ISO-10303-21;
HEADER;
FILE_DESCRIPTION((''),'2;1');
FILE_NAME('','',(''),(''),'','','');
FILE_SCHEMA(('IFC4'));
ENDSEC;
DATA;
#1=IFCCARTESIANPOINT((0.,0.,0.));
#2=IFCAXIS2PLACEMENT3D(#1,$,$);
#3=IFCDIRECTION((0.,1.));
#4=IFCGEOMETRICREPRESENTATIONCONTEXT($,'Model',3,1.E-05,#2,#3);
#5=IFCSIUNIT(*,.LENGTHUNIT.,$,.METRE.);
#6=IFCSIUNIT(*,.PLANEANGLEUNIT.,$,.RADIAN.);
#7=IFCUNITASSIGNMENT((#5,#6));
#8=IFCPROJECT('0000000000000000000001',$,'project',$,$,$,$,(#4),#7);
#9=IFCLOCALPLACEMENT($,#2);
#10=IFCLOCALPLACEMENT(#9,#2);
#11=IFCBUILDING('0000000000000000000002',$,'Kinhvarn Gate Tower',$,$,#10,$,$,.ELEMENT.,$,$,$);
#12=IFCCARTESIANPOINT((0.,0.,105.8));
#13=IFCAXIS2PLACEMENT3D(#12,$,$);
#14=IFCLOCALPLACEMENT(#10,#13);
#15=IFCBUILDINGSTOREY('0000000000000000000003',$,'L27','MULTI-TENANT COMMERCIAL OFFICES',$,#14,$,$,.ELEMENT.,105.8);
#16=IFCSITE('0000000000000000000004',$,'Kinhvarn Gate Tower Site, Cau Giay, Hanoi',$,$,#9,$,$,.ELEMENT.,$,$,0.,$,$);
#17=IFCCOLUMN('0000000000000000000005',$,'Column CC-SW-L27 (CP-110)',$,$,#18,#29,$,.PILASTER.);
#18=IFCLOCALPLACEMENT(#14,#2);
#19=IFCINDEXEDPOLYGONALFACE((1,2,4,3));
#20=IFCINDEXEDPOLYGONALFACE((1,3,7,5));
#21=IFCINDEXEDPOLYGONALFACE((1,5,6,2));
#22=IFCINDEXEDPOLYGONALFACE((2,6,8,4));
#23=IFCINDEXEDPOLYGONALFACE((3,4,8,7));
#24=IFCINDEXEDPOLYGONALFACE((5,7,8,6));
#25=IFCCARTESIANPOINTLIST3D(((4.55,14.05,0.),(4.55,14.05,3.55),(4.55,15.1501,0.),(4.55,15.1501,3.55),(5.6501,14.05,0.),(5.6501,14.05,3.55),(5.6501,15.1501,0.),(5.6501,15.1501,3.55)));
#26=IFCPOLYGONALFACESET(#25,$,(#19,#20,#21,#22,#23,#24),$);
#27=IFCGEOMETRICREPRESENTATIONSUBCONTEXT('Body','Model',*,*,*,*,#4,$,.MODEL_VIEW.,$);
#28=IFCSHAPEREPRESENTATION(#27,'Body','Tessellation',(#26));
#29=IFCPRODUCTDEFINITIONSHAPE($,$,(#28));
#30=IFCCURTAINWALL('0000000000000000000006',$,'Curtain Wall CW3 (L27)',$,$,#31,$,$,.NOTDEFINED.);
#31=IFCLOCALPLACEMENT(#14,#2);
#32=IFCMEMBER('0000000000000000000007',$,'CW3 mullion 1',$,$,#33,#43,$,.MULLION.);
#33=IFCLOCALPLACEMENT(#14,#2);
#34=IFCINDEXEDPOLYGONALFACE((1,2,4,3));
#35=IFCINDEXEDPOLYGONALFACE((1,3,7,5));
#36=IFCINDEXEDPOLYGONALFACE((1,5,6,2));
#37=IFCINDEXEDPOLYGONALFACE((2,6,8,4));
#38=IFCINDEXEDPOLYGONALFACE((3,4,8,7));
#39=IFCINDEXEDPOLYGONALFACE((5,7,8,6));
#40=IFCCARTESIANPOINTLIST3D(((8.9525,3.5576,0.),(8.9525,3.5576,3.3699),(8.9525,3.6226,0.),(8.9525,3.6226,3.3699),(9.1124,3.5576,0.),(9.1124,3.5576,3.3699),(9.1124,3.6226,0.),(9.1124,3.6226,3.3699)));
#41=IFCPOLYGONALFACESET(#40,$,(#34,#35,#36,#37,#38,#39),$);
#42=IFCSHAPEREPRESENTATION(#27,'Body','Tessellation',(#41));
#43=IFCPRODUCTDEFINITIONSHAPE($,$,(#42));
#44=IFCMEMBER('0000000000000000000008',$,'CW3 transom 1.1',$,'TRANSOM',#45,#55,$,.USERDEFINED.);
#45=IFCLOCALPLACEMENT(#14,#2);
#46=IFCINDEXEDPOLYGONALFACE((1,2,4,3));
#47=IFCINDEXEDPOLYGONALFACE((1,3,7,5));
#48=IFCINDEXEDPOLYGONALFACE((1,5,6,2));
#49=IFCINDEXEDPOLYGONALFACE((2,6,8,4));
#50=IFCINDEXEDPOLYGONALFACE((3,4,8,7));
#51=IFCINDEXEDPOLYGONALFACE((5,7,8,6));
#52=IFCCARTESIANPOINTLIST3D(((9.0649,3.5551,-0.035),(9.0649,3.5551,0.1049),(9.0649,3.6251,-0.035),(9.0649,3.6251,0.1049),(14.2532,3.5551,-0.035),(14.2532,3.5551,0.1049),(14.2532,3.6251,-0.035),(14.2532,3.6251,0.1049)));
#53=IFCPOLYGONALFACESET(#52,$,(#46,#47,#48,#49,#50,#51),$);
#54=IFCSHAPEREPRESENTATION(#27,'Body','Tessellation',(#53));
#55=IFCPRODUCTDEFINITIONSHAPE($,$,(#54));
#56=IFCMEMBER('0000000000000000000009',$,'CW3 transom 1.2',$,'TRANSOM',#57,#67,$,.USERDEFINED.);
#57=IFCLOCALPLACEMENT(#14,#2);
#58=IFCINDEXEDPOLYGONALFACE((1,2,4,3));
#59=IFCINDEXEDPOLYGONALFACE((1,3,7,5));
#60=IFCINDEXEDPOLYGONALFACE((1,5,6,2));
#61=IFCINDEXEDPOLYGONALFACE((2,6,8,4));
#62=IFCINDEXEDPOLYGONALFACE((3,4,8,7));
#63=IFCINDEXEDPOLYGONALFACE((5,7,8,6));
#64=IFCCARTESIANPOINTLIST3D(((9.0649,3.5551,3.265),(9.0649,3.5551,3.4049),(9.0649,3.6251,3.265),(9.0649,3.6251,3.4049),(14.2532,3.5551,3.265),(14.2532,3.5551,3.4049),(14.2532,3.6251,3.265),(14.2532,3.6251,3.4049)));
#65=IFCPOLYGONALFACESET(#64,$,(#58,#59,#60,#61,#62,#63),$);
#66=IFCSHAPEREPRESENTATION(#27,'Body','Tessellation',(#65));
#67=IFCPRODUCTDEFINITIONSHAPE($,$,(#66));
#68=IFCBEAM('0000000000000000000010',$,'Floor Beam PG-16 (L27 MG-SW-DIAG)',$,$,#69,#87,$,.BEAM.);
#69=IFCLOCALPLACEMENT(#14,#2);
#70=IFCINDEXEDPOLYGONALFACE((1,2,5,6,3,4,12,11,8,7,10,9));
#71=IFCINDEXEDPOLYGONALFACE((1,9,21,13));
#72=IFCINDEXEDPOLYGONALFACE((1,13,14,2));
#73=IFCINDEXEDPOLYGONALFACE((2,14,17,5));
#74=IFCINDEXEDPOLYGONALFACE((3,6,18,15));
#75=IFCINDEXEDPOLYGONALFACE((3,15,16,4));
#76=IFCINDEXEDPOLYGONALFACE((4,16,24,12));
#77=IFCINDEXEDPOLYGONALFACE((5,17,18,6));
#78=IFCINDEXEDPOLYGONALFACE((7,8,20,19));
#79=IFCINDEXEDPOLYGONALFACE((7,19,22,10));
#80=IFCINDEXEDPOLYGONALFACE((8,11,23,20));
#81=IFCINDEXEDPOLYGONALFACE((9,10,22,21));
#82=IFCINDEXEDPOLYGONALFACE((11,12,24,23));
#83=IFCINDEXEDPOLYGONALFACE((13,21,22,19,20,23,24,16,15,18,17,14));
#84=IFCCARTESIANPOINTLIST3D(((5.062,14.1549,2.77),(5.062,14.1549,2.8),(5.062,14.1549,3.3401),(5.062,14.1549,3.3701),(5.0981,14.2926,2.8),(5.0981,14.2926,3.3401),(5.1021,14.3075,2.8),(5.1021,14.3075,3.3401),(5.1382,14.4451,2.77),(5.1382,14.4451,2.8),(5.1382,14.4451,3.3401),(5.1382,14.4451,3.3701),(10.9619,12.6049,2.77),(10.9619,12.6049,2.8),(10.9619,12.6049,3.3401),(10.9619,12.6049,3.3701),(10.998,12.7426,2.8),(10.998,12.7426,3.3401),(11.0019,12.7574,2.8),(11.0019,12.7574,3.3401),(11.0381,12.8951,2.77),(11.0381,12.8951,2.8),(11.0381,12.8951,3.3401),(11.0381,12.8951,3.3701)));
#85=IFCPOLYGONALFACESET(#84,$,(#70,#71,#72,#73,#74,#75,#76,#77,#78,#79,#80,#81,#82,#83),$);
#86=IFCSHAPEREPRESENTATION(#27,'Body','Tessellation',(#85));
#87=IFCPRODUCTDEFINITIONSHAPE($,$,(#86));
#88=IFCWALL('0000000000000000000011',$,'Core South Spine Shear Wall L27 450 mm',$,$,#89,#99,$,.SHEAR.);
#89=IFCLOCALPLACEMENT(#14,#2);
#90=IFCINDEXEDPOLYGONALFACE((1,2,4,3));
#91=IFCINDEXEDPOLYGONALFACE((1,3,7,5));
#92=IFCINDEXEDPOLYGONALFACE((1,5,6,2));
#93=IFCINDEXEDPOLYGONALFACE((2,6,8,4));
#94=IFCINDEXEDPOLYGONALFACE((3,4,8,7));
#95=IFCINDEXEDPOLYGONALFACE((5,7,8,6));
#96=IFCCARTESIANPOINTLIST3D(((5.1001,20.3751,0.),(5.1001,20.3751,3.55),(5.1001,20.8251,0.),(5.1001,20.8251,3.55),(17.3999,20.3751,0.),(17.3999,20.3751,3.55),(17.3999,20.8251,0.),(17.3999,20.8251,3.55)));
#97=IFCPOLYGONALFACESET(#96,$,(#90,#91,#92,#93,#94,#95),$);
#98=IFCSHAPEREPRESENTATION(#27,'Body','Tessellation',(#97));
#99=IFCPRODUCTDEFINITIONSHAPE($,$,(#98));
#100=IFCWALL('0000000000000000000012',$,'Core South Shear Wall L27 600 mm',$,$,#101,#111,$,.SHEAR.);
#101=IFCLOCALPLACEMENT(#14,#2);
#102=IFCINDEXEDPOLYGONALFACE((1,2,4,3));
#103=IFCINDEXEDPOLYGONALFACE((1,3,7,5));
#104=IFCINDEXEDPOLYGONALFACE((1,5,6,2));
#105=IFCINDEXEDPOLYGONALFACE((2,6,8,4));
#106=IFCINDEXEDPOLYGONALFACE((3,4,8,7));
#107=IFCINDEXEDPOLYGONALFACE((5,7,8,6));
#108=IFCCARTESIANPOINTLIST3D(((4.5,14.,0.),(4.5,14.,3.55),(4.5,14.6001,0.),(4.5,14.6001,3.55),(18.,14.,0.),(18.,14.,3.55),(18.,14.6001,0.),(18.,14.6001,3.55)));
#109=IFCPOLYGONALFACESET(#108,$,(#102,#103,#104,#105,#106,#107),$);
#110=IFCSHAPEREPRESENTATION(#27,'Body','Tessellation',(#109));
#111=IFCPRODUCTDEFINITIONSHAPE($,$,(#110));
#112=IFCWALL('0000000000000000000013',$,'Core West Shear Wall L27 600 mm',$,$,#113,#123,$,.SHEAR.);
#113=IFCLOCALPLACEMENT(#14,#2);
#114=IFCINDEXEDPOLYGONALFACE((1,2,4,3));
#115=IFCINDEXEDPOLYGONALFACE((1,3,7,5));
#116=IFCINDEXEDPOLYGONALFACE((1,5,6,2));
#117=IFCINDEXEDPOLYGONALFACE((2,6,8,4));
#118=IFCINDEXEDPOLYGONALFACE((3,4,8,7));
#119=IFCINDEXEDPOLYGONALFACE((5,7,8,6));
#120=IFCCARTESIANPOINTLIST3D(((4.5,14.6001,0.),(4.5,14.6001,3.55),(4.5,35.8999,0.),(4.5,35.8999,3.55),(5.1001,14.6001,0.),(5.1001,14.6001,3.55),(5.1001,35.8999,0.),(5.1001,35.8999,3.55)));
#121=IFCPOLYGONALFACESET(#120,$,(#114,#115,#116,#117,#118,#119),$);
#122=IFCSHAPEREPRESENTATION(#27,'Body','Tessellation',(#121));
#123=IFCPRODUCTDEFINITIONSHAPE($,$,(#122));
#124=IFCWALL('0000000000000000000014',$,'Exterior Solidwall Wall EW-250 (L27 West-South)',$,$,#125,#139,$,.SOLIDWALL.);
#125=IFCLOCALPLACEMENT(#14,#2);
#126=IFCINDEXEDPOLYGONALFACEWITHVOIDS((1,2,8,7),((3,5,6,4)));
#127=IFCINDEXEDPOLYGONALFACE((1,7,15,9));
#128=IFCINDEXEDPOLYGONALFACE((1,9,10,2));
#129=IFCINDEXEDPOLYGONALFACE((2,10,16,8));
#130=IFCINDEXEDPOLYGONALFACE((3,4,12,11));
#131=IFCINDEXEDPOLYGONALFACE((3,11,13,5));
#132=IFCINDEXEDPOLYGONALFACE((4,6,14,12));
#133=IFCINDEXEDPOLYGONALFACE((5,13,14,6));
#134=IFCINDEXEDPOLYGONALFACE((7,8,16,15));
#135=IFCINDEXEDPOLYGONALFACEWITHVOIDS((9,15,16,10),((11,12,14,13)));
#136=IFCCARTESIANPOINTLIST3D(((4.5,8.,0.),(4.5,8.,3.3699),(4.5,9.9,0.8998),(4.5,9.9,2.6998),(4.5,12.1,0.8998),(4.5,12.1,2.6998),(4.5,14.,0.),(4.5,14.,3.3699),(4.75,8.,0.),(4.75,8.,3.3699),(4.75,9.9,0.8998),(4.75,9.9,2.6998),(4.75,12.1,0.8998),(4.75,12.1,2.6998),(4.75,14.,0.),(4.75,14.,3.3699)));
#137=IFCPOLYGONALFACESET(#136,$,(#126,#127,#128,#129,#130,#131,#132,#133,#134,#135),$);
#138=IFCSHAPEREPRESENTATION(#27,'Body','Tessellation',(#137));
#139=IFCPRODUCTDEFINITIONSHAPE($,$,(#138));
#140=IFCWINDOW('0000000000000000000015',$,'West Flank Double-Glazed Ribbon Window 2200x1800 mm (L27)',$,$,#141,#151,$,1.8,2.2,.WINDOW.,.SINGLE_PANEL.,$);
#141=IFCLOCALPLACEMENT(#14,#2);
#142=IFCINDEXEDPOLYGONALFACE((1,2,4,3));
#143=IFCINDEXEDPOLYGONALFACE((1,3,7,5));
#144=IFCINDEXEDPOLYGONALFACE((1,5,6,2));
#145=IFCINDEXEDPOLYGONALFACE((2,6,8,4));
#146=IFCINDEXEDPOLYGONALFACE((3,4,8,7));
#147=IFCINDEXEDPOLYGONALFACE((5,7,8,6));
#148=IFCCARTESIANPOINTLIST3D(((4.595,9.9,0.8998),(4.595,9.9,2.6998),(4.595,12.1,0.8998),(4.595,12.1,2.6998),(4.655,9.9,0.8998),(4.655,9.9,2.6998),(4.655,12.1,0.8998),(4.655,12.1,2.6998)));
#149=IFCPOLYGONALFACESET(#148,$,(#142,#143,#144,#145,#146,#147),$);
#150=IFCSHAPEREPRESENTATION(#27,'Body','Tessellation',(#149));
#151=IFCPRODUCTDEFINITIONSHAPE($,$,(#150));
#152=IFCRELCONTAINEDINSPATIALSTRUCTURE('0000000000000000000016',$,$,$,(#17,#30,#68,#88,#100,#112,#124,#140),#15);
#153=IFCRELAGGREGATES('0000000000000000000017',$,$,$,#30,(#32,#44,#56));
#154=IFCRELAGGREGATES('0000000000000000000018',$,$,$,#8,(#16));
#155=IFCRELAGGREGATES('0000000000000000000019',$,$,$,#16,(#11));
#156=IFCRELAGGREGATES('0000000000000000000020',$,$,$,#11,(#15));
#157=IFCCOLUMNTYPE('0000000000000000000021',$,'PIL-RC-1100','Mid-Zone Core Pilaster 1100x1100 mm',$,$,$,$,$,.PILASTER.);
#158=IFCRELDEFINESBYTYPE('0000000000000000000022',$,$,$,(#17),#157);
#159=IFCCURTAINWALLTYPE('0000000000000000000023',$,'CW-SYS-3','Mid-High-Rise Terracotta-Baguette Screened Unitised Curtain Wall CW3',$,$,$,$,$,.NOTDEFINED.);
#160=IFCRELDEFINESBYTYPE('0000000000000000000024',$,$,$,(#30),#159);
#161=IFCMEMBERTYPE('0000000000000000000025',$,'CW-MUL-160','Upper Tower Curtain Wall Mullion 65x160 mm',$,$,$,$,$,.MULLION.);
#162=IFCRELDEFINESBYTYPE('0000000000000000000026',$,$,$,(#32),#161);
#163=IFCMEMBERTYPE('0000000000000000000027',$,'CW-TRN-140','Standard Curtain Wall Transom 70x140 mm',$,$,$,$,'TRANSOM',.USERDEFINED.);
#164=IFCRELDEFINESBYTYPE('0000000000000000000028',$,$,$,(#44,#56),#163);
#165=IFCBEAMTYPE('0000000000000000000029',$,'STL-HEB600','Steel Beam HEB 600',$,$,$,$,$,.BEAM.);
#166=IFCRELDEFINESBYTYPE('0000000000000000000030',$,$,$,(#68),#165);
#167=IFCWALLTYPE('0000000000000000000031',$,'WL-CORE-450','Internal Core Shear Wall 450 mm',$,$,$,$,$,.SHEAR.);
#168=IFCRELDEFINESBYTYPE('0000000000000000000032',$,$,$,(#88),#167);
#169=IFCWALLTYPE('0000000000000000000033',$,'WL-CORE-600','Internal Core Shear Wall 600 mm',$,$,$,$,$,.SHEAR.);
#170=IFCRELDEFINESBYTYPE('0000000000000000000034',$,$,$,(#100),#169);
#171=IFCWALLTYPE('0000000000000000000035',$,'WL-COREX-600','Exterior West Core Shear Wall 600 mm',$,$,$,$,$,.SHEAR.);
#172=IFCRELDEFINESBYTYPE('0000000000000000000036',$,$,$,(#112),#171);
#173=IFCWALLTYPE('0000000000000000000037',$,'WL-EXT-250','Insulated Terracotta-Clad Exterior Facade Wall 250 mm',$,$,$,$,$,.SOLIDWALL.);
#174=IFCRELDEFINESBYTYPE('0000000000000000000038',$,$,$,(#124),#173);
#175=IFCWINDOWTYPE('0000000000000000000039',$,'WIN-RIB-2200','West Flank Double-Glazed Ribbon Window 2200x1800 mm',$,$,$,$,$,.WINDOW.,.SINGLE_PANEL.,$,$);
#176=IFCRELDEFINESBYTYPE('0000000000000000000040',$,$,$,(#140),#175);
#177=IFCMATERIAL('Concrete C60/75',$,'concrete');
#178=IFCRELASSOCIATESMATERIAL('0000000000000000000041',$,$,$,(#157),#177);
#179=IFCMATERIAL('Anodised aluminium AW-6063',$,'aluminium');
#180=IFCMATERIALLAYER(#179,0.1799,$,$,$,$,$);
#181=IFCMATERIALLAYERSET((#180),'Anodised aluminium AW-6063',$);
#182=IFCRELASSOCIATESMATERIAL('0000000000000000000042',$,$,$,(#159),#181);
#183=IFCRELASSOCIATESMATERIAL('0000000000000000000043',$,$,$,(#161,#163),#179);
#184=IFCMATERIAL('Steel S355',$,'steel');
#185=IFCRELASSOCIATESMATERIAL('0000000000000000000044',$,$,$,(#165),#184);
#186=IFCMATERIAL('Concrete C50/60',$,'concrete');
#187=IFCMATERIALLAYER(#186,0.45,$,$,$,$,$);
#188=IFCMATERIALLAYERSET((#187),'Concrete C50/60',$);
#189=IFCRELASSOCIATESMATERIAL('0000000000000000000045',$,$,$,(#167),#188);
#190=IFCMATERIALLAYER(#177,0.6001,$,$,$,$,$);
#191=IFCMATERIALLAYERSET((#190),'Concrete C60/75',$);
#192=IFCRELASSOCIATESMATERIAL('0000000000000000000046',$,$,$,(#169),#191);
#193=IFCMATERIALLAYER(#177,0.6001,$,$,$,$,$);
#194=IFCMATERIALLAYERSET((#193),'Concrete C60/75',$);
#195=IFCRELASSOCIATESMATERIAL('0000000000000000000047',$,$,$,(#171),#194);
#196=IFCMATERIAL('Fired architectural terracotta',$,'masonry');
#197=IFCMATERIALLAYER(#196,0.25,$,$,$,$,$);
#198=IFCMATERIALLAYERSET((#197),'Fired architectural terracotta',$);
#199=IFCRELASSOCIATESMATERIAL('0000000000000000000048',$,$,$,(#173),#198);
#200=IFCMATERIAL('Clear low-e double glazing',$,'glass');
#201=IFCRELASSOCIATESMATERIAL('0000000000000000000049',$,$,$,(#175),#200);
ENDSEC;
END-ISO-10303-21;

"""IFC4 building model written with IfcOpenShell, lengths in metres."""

from ifc_helpers import new_model, si_unit, direction, frame, frame_2d, origin, origin_2d, place, context, subcontext, project, spatial, rectangle, i_section, extrude, material, layer, layer_set, material_profile, profile_set, type_object, element, fill, aggregate, save


model = new_model("IFC4")

# Units and contexts
model_context = context("Model", 3, precision=1e-05, world=origin(), true_north=direction((0.0, 1.0)))
body_context = subcontext(model_context, "Body", "Model", "MODEL_VIEW")
ifc_project = project(units=[si_unit("LENGTHUNIT", "METRE"), si_unit("PLANEANGLEUNIT", "RADIAN")], contexts=[model_context])

# Site, building, storey
site_placement = place(None, origin())
site = spatial("IfcSite", under=ifc_project, at=site_placement, Name="Kinhvarn Gate Tower Site, Cau Giay, Hanoi", CompositionType="ELEMENT", RefElevation=0.0)
building_placement = place(site_placement, origin())
building = spatial("IfcBuilding", under=site, at=building_placement, Name="Kinhvarn Gate Tower", CompositionType="ELEMENT")
storey_placement = place(building_placement, frame((0.0, 0.0, 105.8)))
storey = spatial("IfcBuildingStorey", under=building, at=storey_placement, Name="L27", Description="MULTI-TENANT COMMERCIAL OFFICES", CompositionType="ELEMENT", Elevation=105.8)

# Column
ifc_material_1 = material(Name="Concrete C60/75", Category="concrete")
ifc_material_profile_1 = material_profile(ifc_material_1, rectangle(XDim=1.1001, YDim=1.1001, at=origin_2d()), Name="RC 1100x1100")
ifc_profile_set_1 = profile_set([ifc_material_profile_1], Name="Concrete C60/75")
column_type = type_object("IfcColumnType", Name="PIL-RC-1100", Description="Mid-Zone Core Pilaster 1100x1100 mm", PredefinedType="PILASTER", material=ifc_profile_set_1)
column_placement = place(storey_placement, frame((5.1001, 14.6001, 0.0), z_axis=(0.0, 0.0, 1.0), x_axis=(1.0, 0.0, 0.0)))
element("IfcColumn", 1, at=column_placement, inside=storey, type_object=column_type, Name="Column CC-SW-L27 (CP-110)", PredefinedType="PILASTER", context=body_context, shape_type="SweptSolid", body=[
    extrude(rectangle(XDim=1.1001, YDim=1.1001, at=origin_2d()), origin(), (0.0, 0.0, 1.0), 3.55),
])

# Curtain wall, members
ifc_material_2 = material(Name="Anodised aluminium AW-6063", Category="aluminium")
ifc_layer_1 = layer(ifc_material_2, 0.1799)
ifc_layer_set_1 = layer_set([ifc_layer_1], Name="Anodised aluminium AW-6063")
curtain_wall_type = type_object("IfcCurtainWallType", Name="CW-SYS-3", Description="Mid-High-Rise Terracotta-Baguette Screened Unitised Curtain Wall CW3", PredefinedType="NOTDEFINED", material=ifc_layer_set_1)
curtain_wall_placement = place(storey_placement, origin())
curtain_wall = element("IfcCurtainWall", 2, at=curtain_wall_placement, inside=storey, type_object=curtain_wall_type, Name="Curtain Wall CW3 (L27)", PredefinedType="NOTDEFINED")
ifc_material_profile_2 = material_profile(ifc_material_2, rectangle(XDim=0.0649, YDim=0.1599, at=origin_2d()), Name="ALU 65x160")
ifc_profile_set_2 = profile_set([ifc_material_profile_2], Name="Anodised aluminium AW-6063")
member_type_1 = type_object("IfcMemberType", Name="CW-MUL-160", Description="Upper Tower Curtain Wall Mullion 65x160 mm", PredefinedType="MULLION", material=ifc_profile_set_2)
member_1_placement = place(storey_placement, frame((9.0325, 3.5901, 0.0), z_axis=(0.0, 0.0, 1.0), x_axis=(0.0, 1.0, 0.0)))
member_1 = element("IfcMember", 3, at=member_1_placement, type_object=member_type_1, Name="CW3 mullion 1", PredefinedType="MULLION", context=body_context, shape_type="SweptSolid", body=[
    extrude(rectangle(XDim=0.0649, YDim=0.1599, at=origin_2d()), origin(), (0.0, 0.0, 1.0), 3.3699),
])
ifc_material_profile_3 = material_profile(ifc_material_2, rectangle(XDim=0.0701, YDim=0.1399, at=origin_2d()), Name="ALU 70x140")
ifc_profile_set_3 = profile_set([ifc_material_profile_3], Name="Anodised aluminium AW-6063")
member_type_2 = type_object("IfcMemberType", Name="CW-TRN-140", Description="Standard Curtain Wall Transom 70x140 mm", ElementType="TRANSOM", PredefinedType="USERDEFINED", material=ifc_profile_set_3)
member_2_placement = place(storey_placement, frame((9.0649, 3.5901, 0.0349), z_axis=(1.0, 0.0, 0.0), x_axis=(0.0, 1.0, 0.0)))
member_2 = element("IfcMember", 4, at=member_2_placement, type_object=member_type_2, Name="CW3 transom 1.1", ObjectType="TRANSOM", PredefinedType="USERDEFINED", context=body_context, shape_type="SweptSolid", body=[
    extrude(rectangle(XDim=0.0701, YDim=0.1399, at=origin_2d()), origin(), (0.0, 0.0, 1.0), 5.1882),
])
member_3_placement = place(storey_placement, frame((9.0649, 3.5901, 3.335), z_axis=(1.0, 0.0, 0.0), x_axis=(0.0, 1.0, 0.0)))
member_3 = element("IfcMember", 5, at=member_3_placement, type_object=member_type_2, Name="CW3 transom 1.2", ObjectType="TRANSOM", PredefinedType="USERDEFINED", context=body_context, shape_type="SweptSolid", body=[
    extrude(rectangle(XDim=0.0701, YDim=0.1399, at=origin_2d()), origin(), (0.0, 0.0, 1.0), 5.1882),
])
aggregate(curtain_wall, [member_1, member_2, member_3])

# Beam
ifc_material_3 = material(Name="Steel S355", Category="steel")
ifc_material_profile_4 = material_profile(ifc_material_3, i_section(OverallWidth=0.3, OverallDepth=0.6001, WebThickness=0.0154, FlangeThickness=0.03, at=origin_2d()), Name="HEB 600")
ifc_profile_set_4 = profile_set([ifc_material_profile_4], Name="Steel S355")
beam_type = type_object("IfcBeamType", Name="STL-HEB600", Description="Steel Beam HEB 600", PredefinedType="BEAM", material=ifc_profile_set_4)
beam_placement = place(storey_placement, frame((5.1001, 14.3, 3.0701), z_axis=(0.967178, -0.254101, 0.0), x_axis=(0.254101, 0.967178, 0.0)))
element("IfcBeam", 6, at=beam_placement, inside=storey, type_object=beam_type, Name="Floor Beam PG-16 (L27 MG-SW-DIAG)", PredefinedType="BEAM", context=body_context, shape_type="SweptSolid", body=[
    extrude(i_section(OverallWidth=0.3, OverallDepth=0.6001, WebThickness=0.0154, FlangeThickness=0.03, at=origin_2d()), origin(), (0.0, 0.0, 1.0), 6.1001),
])

# Walls
ifc_material_4 = material(Name="Concrete C50/60", Category="concrete")
ifc_layer_2 = layer(ifc_material_4, 0.45)
ifc_layer_set_2 = layer_set([ifc_layer_2], Name="Concrete C50/60")
wall_type_1 = type_object("IfcWallType", Name="WL-CORE-450", Description="Internal Core Shear Wall 450 mm", PredefinedType="SHEAR", material=ifc_layer_set_2)
wall_1_placement = place(storey_placement, frame((5.1001, 20.6001, 0.0), z_axis=(0.0, 0.0, 1.0), x_axis=(1.0, 0.0, 0.0)))
element("IfcWall", 7, at=wall_1_placement, inside=storey, type_object=wall_type_1, Name="Core South Spine Shear Wall L27 450 mm", PredefinedType="SHEAR", context=body_context, shape_type="SweptSolid", body=[
    extrude(rectangle(XDim=12.2998, YDim=0.45, at=frame_2d((6.1499, 0.0))), origin(), (0.0, 0.0, 1.0), 3.55),
])
ifc_layer_3 = layer(ifc_material_1, 0.6001)
ifc_layer_set_3 = layer_set([ifc_layer_3], Name="Concrete C60/75")
wall_type_2 = type_object("IfcWallType", Name="WL-CORE-600", Description="Internal Core Shear Wall 600 mm", PredefinedType="SHEAR", material=ifc_layer_set_3)
wall_2_placement = place(storey_placement, frame((4.5, 14.3, 0.0), z_axis=(0.0, 0.0, 1.0), x_axis=(1.0, 0.0, 0.0)))
element("IfcWall", 8, at=wall_2_placement, inside=storey, type_object=wall_type_2, Name="Core South Shear Wall L27 600 mm", PredefinedType="SHEAR", context=body_context, shape_type="SweptSolid", body=[
    extrude(rectangle(XDim=13.5, YDim=0.6001, at=frame_2d((6.75, 0.0))), origin(), (0.0, 0.0, 1.0), 3.55),
])
ifc_layer_4 = layer(ifc_material_1, 0.6001)
ifc_layer_set_4 = layer_set([ifc_layer_4], Name="Concrete C60/75")
wall_type_3 = type_object("IfcWallType", Name="WL-COREX-600", Description="Exterior West Core Shear Wall 600 mm", PredefinedType="SHEAR", material=ifc_layer_set_4)
wall_3_placement = place(storey_placement, frame((4.8, 14.6001, 0.0), z_axis=(0.0, 0.0, 1.0), x_axis=(0.0, 1.0, 0.0)))
element("IfcWall", 9, at=wall_3_placement, inside=storey, type_object=wall_type_3, Name="Core West Shear Wall L27 600 mm", PredefinedType="SHEAR", context=body_context, shape_type="SweptSolid", body=[
    extrude(rectangle(XDim=21.2998, YDim=0.6001, at=frame_2d((10.6499, 0.0))), origin(), (0.0, 0.0, 1.0), 3.55),
])

# Wall, opening, window
ifc_material_5 = material(Name="Fired architectural terracotta", Category="masonry")
ifc_layer_5 = layer(ifc_material_5, 0.25)
ifc_layer_set_5 = layer_set([ifc_layer_5], Name="Fired architectural terracotta")
wall_type_4 = type_object("IfcWallType", Name="WL-EXT-250", Description="Insulated Terracotta-Clad Exterior Facade Wall 250 mm", PredefinedType="SOLIDWALL", material=ifc_layer_set_5)
wall_4_placement = place(storey_placement, frame((4.625, 14.0, 0.0), z_axis=(0.0, 0.0, 1.0), x_axis=(0.0, -1.0, 0.0)))
wall_4 = element("IfcWall", 10, at=wall_4_placement, inside=storey, type_object=wall_type_4, Name="Exterior Solidwall Wall EW-250 (L27 West-South)", PredefinedType="SOLIDWALL", context=body_context, shape_type="SweptSolid", body=[
    extrude(rectangle(XDim=6.0, YDim=0.25, at=frame_2d((3.0, 0.0))), origin(), (0.0, 0.0, 1.0), 3.3699),
])
opening_1_placement = place(wall_4_placement, frame((1.8999, 0.0, 0.8999)))
opening_1 = element("IfcOpeningElement", 11, at=opening_1_placement, cuts=wall_4, PredefinedType="OPENING", context=body_context, shape_type="SweptSolid", body=[
    extrude(rectangle(XDim=2.2, YDim=1.8, at=frame_2d((1.1001, 0.8999))), frame((0.0, 0.135, 0.0), z_axis=(0.0, -1.0, 0.0), x_axis=(1.0, 0.0, 0.0)), (0.0, 0.0, 1.0), 0.27),
])
ifc_material_6 = material(Name="Clear low-e double glazing", Category="glass")
window_type_1 = type_object("IfcWindowType", Name="WIN-RIB-2200", Description="West Flank Double-Glazed Ribbon Window 2200x1800 mm", PartitioningType="SINGLE_PANEL", PredefinedType="WINDOW", material=ifc_material_6)
window_1_placement = place(opening_1_placement, origin())
window_1 = element("IfcWindow", 12, at=window_1_placement, inside=storey, type_object=window_type_1, Name="West Flank Double-Glazed Ribbon Window 2200x1800 mm (L27)", OverallHeight=1.8, OverallWidth=2.2, PartitioningType="SINGLE_PANEL", PredefinedType="WINDOW", context=body_context, shape_type="SweptSolid", body=[
    extrude(rectangle(XDim=2.2, YDim=1.8, at=frame_2d((1.1001, 0.8999))), frame((0.0, 0.03, 0.0), z_axis=(0.0, -1.0, 0.0), x_axis=(1.0, 0.0, 0.0)), (0.0, 0.0, 1.0), 0.0601),
])
fill(opening_1, window_1)

save(model, "model.ifc")
